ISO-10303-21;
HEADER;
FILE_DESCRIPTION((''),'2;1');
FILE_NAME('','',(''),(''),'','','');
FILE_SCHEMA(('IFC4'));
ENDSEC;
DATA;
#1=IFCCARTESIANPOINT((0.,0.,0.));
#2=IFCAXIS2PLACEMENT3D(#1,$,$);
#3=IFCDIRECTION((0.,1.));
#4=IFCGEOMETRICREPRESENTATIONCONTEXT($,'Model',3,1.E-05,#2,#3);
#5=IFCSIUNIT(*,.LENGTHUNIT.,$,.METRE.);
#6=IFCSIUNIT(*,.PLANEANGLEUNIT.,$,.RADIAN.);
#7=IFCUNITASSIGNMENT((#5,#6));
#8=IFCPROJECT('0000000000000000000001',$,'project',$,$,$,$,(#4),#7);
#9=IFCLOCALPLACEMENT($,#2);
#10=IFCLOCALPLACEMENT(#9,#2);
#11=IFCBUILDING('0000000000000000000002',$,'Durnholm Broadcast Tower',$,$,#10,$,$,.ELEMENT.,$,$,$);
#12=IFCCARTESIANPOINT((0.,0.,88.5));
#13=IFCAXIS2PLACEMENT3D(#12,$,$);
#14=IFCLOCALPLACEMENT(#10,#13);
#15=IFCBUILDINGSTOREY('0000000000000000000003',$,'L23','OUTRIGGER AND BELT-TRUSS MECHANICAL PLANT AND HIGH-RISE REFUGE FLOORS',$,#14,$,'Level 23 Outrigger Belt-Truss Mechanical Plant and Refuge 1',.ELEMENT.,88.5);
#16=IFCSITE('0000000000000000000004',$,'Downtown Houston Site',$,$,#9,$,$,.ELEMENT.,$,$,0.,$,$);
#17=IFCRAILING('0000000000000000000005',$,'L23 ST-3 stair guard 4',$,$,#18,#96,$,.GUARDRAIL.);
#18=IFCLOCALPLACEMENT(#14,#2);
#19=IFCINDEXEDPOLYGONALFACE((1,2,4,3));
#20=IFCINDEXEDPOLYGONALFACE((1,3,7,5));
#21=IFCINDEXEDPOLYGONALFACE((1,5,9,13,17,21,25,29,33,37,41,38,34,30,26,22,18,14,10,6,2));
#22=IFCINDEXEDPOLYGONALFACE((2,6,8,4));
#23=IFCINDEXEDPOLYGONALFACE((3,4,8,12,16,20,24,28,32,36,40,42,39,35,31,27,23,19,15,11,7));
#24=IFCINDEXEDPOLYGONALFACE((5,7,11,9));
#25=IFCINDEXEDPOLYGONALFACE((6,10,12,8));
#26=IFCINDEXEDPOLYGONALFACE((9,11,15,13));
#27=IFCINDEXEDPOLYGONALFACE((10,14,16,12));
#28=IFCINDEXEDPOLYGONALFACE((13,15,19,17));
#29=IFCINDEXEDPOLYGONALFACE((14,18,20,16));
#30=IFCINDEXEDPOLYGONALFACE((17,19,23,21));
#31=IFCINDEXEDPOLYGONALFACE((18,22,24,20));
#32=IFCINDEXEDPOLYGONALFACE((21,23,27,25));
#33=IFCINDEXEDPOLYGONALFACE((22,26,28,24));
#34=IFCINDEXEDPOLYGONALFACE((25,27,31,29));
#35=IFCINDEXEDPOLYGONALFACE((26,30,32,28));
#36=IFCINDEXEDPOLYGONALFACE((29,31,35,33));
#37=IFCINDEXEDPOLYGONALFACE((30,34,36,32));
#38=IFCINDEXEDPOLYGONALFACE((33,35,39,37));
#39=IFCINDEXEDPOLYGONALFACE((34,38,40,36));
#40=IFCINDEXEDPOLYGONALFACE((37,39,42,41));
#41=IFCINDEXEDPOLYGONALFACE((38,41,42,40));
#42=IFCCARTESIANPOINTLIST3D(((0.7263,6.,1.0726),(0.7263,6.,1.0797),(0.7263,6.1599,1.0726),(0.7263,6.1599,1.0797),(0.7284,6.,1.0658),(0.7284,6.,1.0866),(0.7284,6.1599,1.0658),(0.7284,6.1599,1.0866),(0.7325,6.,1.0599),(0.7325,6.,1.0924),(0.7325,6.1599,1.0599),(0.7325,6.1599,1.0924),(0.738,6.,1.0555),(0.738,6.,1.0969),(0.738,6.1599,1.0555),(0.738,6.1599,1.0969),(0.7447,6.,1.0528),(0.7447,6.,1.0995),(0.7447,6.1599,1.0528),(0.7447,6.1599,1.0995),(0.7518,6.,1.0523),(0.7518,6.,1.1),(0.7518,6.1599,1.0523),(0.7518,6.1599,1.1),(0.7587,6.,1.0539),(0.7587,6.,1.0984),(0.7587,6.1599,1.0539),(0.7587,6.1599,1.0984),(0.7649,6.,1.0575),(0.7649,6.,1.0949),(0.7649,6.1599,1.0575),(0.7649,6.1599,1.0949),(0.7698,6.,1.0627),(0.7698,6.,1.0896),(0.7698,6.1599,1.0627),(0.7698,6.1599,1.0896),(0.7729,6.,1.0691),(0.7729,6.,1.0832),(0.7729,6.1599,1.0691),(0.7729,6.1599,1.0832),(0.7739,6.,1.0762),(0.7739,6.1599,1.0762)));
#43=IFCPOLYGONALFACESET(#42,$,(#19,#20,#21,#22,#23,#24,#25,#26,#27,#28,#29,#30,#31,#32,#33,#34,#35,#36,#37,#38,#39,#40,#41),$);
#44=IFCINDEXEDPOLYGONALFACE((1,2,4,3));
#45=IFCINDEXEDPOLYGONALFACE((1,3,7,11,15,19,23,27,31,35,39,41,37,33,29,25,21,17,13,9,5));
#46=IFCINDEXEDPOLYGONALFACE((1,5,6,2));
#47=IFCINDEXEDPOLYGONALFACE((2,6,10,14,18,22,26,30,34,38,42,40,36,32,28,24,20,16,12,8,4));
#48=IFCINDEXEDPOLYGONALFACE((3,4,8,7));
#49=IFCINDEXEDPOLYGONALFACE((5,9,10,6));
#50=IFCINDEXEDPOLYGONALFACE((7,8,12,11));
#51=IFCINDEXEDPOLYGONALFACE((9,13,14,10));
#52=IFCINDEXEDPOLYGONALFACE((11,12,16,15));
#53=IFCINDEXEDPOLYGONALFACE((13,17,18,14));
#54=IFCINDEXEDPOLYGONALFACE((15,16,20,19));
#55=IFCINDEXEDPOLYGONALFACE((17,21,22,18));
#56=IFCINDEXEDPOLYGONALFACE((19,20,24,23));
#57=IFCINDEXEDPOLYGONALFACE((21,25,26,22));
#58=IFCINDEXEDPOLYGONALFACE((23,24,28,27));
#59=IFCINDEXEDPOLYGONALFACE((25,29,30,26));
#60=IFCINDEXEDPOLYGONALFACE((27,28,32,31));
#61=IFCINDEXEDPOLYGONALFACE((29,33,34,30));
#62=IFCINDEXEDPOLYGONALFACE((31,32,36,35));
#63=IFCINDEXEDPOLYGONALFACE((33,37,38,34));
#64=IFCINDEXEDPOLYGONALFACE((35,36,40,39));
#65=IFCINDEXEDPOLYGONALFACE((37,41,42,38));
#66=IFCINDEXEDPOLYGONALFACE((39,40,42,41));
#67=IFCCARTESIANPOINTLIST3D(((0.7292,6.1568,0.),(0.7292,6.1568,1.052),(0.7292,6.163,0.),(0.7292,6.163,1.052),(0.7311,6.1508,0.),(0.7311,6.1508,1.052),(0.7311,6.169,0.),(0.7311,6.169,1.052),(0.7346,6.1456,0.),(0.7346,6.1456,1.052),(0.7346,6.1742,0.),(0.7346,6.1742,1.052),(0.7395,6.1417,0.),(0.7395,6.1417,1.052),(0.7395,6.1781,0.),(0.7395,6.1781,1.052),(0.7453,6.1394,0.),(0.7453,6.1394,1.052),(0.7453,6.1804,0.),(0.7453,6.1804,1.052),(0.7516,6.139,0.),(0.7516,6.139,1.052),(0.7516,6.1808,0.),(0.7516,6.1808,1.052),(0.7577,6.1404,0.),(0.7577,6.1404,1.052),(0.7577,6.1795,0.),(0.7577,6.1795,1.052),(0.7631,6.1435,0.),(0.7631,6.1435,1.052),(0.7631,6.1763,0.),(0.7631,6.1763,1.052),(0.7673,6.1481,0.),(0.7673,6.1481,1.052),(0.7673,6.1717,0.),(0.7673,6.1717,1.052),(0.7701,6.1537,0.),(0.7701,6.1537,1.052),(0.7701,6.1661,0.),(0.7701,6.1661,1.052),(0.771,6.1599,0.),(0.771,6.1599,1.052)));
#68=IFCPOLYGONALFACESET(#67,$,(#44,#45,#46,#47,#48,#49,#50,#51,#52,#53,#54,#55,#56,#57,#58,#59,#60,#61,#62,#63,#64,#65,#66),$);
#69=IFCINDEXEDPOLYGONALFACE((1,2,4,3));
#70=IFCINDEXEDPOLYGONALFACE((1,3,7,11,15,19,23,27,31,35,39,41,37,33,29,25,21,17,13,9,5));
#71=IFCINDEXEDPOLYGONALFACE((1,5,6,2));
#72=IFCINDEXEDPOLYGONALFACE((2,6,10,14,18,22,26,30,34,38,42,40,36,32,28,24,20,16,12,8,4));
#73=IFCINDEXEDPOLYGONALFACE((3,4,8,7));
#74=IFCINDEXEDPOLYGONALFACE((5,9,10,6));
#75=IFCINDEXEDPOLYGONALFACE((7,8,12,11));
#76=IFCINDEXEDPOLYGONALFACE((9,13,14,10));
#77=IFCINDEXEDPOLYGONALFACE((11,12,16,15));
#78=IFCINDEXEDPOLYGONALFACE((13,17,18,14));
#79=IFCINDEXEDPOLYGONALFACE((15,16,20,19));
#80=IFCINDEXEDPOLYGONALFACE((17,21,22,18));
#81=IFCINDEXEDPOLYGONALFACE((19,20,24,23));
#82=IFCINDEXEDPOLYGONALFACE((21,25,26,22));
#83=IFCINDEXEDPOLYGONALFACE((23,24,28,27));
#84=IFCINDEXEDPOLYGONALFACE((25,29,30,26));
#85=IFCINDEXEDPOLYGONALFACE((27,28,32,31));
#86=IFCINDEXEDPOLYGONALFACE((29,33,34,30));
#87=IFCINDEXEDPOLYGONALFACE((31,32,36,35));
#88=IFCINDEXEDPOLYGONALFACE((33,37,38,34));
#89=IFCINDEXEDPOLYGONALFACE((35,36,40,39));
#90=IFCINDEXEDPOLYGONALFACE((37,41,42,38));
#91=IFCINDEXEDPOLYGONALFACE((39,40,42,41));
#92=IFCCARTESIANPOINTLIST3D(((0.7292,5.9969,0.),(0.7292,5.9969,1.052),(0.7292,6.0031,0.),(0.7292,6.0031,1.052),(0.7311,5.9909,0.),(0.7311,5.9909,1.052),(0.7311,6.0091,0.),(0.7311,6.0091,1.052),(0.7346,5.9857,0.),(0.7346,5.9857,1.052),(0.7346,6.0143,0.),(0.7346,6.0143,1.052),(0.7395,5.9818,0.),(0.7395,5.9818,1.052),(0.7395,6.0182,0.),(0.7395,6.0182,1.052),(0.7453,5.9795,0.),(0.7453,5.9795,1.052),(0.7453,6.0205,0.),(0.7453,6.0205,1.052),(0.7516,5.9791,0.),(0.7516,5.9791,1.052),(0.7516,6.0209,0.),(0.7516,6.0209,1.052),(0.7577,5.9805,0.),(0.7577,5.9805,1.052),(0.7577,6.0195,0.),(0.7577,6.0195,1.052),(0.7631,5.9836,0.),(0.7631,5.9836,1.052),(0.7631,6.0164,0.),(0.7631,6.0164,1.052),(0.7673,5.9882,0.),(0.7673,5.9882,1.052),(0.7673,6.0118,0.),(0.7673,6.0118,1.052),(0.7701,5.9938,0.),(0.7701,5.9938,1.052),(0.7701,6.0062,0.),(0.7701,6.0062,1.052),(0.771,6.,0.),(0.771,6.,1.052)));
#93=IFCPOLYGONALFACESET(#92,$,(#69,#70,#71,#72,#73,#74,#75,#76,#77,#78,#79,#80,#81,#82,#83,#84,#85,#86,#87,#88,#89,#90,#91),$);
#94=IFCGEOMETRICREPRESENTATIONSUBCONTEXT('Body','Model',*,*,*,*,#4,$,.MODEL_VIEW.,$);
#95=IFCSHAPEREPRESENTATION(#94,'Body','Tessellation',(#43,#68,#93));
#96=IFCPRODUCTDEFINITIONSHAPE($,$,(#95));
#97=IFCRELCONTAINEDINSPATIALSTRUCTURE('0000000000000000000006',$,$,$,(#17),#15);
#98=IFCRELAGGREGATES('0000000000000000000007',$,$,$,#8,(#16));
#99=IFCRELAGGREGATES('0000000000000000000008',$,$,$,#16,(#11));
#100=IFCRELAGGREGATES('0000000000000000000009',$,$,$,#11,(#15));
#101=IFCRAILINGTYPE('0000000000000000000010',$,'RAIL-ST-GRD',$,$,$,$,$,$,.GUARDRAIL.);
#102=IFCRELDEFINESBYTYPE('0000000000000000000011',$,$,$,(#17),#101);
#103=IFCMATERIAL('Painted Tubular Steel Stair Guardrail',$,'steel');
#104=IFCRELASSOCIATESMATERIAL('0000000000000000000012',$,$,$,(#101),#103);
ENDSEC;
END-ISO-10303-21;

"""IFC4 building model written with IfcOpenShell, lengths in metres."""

from ifc_helpers import new_model, si_unit, direction, frame, origin, origin_2d, place, context, subcontext, project, spatial, circle, extrude, material, type_object, element, save


model = new_model("IFC4")

# Units and contexts
model_context = context("Model", 3, precision=1e-05, world=origin(), true_north=direction((0.0, 1.0)))
body_context = subcontext(model_context, "Body", "Model", "MODEL_VIEW")
ifc_project = project(units=[si_unit("LENGTHUNIT", "METRE"), si_unit("PLANEANGLEUNIT", "RADIAN")], contexts=[model_context])

# Site, building, storey
site_placement = place(None, origin())
site = spatial("IfcSite", under=ifc_project, at=site_placement, Name="Downtown Houston Site", CompositionType="ELEMENT", RefElevation=0.0)
building_placement = place(site_placement, origin())
building = spatial("IfcBuilding", under=site, at=building_placement, Name="Durnholm Broadcast Tower", CompositionType="ELEMENT")
storey_placement = place(building_placement, frame((0.0, 0.0, 88.5)))
storey = spatial("IfcBuildingStorey", under=building, at=storey_placement, Name="L23", Description="OUTRIGGER AND BELT-TRUSS MECHANICAL PLANT AND HIGH-RISE REFUGE FLOORS", LongName="Level 23 Outrigger Belt-Truss Mechanical Plant and Refuge 1", CompositionType="ELEMENT", Elevation=88.5)

# Railing
ifc_material_1 = material(Name="Painted Tubular Steel Stair Guardrail", Category="steel")
railing_type_1 = type_object("IfcRailingType", Name="RAIL-ST-GRD", PredefinedType="GUARDRAIL", material=ifc_material_1)
railing_1_placement = place(storey_placement, frame((0.75, 6.1599, 0.0)))
element("IfcRailing", 1, at=railing_1_placement, inside=storey, type_object=railing_type_1, Name="L23 ST-3 stair guard 4", PredefinedType="GUARDRAIL", context=body_context, shape_type="SweptSolid", body=[
    extrude(circle(Radius=0.0239, at=origin_2d()), frame((0.0, 0.0, 1.0762), z_axis=(0.0, -1.0, 0.0), x_axis=(1.0, 0.0, 0.0)), (0.0, 0.0, 1.0), 0.1599),
    extrude(circle(Radius=0.021, at=origin_2d()), origin(), (0.0, 0.0, 1.0), 1.052),
    extrude(circle(Radius=0.021, at=origin_2d()), frame((0.0, -0.1599, 0.0)), (0.0, 0.0, 1.0), 1.052),
])

save(model, "model.ifc")
